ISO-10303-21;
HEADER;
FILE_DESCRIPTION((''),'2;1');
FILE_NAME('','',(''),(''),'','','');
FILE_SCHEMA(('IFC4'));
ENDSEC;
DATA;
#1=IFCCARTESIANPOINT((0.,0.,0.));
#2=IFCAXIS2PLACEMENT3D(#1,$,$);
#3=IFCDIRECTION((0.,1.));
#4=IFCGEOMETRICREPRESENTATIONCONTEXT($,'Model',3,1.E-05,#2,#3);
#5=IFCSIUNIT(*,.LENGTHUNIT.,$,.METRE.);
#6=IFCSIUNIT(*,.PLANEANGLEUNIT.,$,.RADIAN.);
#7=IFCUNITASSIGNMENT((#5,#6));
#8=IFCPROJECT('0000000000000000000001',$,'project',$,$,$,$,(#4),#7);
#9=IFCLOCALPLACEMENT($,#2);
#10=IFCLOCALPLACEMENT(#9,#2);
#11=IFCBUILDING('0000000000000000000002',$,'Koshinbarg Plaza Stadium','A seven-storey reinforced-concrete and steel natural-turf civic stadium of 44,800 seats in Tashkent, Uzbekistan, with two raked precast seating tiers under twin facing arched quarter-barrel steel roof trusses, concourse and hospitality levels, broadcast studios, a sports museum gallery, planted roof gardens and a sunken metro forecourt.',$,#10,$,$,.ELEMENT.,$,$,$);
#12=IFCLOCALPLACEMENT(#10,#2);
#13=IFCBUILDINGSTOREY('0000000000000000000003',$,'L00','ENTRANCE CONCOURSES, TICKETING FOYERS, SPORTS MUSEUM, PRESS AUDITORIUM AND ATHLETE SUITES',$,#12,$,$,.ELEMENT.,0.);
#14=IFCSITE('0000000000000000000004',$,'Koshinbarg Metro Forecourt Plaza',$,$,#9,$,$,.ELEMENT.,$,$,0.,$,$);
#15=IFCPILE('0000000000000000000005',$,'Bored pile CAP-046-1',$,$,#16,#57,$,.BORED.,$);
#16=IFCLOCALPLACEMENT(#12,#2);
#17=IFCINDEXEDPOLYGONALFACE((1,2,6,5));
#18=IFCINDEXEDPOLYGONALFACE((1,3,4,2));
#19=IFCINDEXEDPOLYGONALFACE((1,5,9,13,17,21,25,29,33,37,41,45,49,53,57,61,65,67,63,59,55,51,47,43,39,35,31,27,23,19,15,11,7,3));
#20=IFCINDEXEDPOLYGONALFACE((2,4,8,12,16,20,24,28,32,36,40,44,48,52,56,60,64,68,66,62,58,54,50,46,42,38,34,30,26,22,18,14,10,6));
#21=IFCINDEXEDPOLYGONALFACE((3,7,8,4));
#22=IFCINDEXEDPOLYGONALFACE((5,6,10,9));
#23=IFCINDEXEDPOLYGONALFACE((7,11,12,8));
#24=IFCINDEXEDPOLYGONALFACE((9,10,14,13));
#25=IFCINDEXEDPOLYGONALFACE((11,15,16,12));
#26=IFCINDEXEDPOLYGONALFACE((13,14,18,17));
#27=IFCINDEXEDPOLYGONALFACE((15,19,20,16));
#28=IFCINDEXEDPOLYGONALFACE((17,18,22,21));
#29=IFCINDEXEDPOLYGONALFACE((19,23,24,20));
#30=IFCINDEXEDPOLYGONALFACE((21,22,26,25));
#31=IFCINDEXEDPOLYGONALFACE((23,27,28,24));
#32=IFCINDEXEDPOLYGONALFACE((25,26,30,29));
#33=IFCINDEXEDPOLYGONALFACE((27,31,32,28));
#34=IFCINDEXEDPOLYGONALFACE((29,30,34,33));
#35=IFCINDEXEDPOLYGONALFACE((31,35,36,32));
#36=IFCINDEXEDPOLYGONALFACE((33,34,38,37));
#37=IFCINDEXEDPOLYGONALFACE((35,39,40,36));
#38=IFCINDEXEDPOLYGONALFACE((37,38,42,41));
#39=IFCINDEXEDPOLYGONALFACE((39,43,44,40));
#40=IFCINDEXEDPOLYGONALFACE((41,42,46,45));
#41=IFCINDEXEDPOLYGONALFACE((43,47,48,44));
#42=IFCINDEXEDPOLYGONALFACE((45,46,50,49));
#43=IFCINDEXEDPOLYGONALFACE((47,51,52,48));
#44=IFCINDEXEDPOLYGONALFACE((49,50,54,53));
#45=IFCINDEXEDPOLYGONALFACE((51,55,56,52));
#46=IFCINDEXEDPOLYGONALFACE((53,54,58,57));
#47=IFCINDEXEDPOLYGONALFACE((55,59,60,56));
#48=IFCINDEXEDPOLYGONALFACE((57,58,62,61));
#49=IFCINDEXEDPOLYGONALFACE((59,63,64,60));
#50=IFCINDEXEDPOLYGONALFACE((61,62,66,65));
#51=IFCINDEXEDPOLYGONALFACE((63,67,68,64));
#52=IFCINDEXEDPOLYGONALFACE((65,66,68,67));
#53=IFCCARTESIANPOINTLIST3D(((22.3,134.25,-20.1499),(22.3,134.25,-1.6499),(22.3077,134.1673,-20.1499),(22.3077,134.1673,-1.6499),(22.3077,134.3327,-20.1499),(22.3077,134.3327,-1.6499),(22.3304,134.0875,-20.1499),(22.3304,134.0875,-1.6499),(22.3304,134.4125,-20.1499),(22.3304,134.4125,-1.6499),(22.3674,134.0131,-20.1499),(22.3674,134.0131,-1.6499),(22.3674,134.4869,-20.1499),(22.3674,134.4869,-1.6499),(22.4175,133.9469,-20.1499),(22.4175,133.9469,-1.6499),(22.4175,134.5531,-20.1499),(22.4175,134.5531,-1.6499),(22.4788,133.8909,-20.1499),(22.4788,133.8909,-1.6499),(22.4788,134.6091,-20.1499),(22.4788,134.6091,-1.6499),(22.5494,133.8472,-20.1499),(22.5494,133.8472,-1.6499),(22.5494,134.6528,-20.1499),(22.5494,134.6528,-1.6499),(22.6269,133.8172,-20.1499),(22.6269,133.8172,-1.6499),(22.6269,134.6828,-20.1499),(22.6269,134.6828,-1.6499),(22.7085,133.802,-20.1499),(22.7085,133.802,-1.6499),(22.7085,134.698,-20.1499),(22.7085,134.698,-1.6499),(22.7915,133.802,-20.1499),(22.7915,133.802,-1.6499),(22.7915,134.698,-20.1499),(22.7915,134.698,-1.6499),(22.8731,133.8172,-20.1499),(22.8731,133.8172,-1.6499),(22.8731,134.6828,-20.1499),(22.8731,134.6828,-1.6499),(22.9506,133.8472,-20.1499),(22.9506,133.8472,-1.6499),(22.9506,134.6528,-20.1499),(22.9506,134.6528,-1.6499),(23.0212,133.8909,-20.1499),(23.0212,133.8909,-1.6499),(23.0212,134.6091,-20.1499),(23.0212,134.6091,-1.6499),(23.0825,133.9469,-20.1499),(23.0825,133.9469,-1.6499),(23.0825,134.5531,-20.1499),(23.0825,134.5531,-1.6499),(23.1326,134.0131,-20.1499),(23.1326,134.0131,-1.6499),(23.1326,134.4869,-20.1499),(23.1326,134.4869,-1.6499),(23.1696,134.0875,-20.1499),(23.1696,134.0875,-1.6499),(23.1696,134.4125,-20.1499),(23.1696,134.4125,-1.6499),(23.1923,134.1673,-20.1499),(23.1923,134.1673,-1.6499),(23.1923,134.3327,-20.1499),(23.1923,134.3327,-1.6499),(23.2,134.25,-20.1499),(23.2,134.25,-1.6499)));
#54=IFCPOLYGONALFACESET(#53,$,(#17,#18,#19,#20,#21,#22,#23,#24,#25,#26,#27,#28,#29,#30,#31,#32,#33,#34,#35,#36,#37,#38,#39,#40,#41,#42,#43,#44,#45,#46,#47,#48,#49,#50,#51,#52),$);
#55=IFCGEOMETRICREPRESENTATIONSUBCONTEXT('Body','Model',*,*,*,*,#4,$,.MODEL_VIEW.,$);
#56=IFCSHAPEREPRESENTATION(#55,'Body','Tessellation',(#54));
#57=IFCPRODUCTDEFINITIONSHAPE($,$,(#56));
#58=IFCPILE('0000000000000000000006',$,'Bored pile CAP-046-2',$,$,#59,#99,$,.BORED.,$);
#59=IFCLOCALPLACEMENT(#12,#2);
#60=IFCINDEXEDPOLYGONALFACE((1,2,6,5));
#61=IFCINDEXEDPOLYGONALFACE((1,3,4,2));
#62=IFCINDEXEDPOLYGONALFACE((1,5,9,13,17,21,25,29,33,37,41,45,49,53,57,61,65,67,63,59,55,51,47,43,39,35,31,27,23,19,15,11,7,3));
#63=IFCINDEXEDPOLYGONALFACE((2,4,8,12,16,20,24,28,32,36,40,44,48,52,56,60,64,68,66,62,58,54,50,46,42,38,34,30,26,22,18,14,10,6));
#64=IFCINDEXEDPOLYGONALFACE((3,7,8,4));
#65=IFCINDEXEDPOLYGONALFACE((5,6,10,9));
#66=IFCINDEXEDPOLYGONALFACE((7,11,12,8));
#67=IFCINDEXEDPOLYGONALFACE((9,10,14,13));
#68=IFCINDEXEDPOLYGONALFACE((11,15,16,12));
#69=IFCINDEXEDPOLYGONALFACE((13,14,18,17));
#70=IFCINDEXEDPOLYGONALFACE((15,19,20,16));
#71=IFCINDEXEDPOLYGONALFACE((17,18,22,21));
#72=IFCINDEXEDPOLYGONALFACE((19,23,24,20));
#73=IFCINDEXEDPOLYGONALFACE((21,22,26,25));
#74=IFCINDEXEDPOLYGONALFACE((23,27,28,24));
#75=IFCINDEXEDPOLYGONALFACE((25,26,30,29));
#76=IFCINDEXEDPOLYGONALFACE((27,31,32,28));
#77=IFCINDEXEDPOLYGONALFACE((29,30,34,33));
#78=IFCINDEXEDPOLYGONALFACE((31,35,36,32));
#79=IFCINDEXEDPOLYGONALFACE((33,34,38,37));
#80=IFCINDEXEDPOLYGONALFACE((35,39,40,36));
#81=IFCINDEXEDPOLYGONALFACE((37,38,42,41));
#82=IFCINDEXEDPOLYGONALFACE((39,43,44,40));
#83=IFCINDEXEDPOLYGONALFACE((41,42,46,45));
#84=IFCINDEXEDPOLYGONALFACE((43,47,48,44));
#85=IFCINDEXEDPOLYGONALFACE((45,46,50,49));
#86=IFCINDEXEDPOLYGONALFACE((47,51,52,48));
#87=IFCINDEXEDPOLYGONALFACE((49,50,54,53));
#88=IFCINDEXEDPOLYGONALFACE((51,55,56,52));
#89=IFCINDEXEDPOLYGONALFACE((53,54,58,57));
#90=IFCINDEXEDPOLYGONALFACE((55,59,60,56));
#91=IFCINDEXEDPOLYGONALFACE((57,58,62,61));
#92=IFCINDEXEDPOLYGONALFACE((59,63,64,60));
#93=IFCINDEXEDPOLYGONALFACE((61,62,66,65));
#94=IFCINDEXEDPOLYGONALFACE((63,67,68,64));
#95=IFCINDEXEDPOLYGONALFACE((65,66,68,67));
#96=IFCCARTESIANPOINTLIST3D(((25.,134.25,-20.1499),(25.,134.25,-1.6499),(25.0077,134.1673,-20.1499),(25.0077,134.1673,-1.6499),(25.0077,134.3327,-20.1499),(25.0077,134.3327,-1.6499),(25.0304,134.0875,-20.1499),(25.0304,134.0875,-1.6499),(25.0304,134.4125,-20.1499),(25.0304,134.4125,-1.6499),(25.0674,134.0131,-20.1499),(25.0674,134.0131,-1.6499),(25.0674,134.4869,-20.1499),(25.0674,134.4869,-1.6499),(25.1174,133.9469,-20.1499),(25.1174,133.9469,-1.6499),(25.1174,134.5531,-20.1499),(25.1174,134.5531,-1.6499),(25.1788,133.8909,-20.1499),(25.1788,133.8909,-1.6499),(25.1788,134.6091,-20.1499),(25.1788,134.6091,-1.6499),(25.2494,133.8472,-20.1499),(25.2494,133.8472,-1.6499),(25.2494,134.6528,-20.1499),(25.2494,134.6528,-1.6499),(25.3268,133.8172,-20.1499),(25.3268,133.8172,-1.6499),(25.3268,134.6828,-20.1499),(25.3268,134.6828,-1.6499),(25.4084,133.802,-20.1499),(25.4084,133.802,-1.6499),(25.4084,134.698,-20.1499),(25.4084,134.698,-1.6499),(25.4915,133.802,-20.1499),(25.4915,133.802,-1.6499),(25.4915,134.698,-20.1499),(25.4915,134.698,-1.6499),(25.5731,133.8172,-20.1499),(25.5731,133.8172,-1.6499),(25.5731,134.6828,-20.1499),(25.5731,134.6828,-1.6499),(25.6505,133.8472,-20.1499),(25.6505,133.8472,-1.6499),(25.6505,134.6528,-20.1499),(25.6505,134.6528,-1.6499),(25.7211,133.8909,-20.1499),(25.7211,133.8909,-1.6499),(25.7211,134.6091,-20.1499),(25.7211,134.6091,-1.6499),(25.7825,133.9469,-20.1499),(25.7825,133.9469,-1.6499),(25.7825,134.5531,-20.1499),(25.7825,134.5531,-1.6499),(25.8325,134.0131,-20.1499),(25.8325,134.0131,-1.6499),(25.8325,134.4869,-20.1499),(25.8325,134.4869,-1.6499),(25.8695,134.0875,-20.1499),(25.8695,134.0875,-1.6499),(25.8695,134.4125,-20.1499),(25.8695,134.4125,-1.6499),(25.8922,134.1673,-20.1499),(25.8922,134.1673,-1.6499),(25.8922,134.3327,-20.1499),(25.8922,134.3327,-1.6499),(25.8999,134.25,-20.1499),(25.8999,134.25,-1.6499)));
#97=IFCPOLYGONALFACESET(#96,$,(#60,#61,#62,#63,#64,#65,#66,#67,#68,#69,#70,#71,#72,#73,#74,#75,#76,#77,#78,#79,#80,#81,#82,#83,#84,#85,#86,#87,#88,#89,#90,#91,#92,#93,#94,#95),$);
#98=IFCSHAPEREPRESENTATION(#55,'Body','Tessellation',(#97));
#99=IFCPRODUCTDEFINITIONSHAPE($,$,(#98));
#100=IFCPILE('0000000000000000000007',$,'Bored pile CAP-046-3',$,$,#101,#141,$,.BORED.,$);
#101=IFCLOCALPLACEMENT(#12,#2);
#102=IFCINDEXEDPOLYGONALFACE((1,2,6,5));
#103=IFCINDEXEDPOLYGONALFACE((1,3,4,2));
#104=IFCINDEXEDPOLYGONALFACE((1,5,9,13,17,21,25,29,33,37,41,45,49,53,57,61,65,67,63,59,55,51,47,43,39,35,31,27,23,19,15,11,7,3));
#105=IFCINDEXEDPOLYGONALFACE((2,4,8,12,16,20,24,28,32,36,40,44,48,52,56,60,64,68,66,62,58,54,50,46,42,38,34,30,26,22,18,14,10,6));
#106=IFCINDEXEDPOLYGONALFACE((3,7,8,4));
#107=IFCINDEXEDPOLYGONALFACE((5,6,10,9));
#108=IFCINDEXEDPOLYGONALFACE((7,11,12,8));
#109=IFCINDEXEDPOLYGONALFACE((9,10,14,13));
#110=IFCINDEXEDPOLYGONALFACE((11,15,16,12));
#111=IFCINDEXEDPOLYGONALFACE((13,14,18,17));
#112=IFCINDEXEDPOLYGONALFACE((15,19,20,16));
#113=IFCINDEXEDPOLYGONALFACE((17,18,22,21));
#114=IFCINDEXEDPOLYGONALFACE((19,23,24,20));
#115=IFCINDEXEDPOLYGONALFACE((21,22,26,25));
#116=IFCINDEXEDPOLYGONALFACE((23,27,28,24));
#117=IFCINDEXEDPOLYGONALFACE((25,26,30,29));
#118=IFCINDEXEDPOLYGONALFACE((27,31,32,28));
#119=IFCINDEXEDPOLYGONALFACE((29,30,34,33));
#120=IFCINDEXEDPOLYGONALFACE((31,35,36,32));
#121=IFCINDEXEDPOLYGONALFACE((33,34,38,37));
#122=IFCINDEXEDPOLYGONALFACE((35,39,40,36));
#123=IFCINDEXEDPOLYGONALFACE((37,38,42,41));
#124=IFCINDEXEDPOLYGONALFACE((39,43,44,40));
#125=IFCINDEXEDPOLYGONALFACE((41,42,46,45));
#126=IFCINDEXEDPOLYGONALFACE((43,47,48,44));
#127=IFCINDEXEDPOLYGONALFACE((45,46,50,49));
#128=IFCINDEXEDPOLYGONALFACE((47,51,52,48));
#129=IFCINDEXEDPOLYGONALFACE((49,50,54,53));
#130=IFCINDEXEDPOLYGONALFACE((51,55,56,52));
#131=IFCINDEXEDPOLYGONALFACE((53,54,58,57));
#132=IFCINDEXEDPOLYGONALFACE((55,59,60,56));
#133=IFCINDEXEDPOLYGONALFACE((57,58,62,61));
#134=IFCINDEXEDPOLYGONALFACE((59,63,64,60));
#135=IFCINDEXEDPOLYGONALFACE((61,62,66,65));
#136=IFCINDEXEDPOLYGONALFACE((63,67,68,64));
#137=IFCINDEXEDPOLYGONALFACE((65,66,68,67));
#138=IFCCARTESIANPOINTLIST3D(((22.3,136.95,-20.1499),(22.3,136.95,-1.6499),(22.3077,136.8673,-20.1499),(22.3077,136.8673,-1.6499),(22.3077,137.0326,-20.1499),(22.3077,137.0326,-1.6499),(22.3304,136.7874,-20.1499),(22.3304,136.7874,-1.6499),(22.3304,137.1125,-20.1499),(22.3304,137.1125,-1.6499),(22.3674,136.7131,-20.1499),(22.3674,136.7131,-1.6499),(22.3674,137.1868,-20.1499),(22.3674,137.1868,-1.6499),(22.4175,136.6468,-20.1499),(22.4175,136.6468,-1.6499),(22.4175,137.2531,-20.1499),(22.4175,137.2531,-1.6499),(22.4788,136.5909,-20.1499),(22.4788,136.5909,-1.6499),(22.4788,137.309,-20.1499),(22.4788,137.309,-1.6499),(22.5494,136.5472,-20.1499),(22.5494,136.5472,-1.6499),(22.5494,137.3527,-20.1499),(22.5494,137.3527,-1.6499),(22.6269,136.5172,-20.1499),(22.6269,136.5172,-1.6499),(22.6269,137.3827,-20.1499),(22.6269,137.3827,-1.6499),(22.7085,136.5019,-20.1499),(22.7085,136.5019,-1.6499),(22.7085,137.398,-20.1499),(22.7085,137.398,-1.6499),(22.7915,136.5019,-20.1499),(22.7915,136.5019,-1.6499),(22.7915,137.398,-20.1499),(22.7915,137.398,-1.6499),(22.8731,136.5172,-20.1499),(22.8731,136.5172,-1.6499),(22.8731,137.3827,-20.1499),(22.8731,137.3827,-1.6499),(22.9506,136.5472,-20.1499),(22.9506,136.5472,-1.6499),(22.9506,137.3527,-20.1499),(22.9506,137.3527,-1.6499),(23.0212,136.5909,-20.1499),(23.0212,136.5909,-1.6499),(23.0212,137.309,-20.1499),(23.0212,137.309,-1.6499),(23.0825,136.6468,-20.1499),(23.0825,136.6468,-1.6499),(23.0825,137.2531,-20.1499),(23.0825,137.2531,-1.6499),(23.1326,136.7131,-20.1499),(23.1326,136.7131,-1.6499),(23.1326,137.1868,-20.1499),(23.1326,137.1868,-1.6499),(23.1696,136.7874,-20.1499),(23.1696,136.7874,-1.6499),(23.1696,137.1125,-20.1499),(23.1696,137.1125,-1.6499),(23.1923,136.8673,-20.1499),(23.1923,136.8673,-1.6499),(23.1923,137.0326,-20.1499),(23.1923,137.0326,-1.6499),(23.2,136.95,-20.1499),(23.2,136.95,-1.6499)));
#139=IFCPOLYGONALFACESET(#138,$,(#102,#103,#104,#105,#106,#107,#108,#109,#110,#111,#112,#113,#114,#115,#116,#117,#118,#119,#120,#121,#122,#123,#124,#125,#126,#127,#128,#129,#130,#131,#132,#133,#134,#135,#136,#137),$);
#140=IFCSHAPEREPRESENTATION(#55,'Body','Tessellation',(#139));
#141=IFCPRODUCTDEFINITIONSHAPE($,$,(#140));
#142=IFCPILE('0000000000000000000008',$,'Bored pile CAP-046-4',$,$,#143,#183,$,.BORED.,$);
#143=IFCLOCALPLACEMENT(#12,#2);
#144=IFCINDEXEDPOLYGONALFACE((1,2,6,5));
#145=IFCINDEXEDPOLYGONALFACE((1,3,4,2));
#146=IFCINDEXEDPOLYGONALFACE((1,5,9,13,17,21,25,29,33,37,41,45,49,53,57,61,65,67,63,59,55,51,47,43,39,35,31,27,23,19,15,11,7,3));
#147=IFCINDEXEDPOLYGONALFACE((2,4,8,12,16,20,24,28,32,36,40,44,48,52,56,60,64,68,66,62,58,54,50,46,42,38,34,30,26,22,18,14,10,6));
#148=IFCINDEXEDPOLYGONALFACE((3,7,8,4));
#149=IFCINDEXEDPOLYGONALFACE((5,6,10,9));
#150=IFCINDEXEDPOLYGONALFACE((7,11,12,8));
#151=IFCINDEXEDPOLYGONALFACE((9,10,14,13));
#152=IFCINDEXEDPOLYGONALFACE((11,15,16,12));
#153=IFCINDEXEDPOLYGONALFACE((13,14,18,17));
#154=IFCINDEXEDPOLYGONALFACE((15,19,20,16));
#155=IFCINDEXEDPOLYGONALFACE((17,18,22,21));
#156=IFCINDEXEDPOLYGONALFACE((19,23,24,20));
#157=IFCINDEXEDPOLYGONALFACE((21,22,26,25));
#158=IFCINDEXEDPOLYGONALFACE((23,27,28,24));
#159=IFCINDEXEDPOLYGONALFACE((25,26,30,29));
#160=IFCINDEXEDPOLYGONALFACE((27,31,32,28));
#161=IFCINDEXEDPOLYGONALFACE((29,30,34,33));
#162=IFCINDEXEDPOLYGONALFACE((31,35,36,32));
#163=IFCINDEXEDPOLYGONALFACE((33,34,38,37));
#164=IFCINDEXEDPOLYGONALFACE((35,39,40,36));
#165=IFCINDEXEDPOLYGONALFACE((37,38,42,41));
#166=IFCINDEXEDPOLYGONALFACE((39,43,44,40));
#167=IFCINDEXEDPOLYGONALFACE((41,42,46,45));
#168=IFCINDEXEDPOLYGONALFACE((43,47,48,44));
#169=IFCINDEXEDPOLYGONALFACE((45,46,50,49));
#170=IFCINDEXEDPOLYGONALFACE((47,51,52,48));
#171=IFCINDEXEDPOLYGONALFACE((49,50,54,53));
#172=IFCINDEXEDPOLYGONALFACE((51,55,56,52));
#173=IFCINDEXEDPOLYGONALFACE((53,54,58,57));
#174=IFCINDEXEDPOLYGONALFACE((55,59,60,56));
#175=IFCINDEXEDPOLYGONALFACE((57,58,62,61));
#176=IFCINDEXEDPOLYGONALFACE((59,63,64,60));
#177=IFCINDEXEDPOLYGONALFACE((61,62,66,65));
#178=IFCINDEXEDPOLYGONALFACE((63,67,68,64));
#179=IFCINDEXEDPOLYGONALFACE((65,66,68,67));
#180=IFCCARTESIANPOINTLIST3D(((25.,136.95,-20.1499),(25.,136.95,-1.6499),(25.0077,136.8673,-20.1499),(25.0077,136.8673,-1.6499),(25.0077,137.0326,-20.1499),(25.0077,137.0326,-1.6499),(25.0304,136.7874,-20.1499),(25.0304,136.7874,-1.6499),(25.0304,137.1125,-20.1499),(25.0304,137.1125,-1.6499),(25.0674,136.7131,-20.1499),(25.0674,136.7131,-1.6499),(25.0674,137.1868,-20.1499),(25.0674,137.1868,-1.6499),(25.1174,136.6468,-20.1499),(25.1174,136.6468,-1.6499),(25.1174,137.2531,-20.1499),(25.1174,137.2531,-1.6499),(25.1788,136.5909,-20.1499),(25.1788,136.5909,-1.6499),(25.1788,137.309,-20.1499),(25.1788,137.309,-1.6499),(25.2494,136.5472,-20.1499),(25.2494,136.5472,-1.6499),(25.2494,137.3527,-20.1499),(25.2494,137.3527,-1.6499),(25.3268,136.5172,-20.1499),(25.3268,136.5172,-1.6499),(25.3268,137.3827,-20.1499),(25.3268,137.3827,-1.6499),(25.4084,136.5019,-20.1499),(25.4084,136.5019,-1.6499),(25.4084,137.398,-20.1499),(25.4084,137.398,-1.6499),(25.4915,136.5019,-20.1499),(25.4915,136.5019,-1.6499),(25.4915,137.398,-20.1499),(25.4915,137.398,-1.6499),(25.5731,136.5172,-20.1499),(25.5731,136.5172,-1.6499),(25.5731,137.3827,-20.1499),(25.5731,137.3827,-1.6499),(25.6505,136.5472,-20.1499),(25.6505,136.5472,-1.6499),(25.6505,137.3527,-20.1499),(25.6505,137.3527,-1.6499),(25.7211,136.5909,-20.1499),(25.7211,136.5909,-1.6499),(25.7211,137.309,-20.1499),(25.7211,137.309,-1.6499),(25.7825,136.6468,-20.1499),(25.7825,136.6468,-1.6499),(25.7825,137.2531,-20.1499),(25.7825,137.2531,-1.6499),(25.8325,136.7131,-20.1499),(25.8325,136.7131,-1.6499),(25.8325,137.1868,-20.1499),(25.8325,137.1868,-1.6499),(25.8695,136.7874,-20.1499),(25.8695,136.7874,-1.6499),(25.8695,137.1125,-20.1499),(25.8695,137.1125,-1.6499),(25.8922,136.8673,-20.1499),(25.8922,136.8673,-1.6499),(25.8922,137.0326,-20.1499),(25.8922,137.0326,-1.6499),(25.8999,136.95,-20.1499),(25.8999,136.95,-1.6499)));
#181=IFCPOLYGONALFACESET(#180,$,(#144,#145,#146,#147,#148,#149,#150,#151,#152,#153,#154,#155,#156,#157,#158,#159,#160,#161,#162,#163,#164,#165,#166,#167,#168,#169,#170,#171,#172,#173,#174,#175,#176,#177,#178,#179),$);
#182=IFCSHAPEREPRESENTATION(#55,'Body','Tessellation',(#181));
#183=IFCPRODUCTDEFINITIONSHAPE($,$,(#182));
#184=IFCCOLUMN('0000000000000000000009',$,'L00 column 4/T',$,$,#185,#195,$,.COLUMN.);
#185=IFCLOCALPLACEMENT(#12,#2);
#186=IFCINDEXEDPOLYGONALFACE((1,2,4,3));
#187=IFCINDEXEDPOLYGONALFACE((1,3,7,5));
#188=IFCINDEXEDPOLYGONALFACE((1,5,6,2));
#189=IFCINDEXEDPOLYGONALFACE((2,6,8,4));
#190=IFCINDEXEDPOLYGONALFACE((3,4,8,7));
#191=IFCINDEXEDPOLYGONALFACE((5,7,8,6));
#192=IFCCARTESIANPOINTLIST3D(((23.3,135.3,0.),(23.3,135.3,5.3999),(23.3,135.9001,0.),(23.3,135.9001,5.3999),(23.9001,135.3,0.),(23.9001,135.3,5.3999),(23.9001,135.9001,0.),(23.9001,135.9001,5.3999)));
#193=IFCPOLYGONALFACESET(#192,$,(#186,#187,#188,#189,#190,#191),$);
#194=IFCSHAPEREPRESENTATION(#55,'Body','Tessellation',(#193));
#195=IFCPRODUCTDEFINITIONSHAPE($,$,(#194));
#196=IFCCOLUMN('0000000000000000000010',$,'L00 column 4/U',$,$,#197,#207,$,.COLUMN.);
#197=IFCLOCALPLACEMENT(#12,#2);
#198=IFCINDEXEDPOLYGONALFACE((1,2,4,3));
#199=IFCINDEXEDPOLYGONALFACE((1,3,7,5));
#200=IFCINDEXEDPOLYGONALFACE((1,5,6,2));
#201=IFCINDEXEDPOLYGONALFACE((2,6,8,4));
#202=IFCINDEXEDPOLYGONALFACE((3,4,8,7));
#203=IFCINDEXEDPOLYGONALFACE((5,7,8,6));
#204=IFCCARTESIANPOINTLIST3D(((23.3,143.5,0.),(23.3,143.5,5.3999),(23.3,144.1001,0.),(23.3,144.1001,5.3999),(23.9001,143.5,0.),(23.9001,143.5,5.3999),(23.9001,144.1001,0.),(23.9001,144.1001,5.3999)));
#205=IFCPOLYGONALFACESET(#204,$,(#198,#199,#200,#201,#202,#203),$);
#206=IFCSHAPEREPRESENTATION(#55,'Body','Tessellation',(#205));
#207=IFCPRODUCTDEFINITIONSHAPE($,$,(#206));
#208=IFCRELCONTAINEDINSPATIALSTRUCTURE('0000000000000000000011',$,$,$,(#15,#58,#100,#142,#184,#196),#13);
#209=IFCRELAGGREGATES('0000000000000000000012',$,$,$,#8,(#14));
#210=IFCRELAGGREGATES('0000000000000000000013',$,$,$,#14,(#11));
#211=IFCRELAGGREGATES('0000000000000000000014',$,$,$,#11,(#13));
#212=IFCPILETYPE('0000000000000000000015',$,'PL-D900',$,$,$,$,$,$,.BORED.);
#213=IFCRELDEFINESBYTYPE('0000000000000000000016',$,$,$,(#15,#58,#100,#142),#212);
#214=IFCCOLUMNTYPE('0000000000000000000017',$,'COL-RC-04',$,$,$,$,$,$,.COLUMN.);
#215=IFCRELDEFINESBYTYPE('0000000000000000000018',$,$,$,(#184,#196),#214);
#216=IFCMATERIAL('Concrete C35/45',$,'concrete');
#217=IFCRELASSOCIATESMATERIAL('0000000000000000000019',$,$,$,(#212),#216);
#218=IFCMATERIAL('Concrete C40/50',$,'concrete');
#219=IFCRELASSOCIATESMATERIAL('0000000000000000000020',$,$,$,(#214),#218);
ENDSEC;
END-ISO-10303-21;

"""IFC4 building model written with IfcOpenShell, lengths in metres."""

from ifc_helpers import new_model, si_unit, direction, frame, origin, origin_2d, place, context, subcontext, project, spatial, rectangle, circle, extrude, material, material_profile, profile_set, type_object, element, save


model = new_model("IFC4")

# Units and contexts
model_context = context("Model", 3, precision=1e-05, world=origin(), true_north=direction((0.0, 1.0)))
body_context = subcontext(model_context, "Body", "Model", "MODEL_VIEW")
ifc_project = project(units=[si_unit("LENGTHUNIT", "METRE"), si_unit("PLANEANGLEUNIT", "RADIAN")], contexts=[model_context])

# Site, building, storey
site_placement = place(None, origin())
site = spatial("IfcSite", under=ifc_project, at=site_placement, Name="Koshinbarg Metro Forecourt Plaza", CompositionType="ELEMENT", RefElevation=0.0)
building_placement = place(site_placement, origin())
building = spatial("IfcBuilding", under=site, at=building_placement, Name="Koshinbarg Plaza Stadium", Description="A seven-storey reinforced-concrete and steel natural-turf civic stadium of 44,800 seats in Tashkent, Uzbekistan, with two raked precast seating tiers under twin facing arched quarter-barrel steel roof trusses, concourse and hospitality levels, broadcast studios, a sports museum gallery, planted roof gardens and a sunken metro forecourt.", CompositionType="ELEMENT")
storey_placement = place(building_placement, origin())
storey = spatial("IfcBuildingStorey", under=building, at=storey_placement, Name="L00", Description="ENTRANCE CONCOURSES, TICKETING FOYERS, SPORTS MUSEUM, PRESS AUDITORIUM AND ATHLETE SUITES", CompositionType="ELEMENT", Elevation=0.0)

# Shared definitions
ifc_material_1 = material(Name="Concrete C35/45", Category="concrete")

# Piles
ifc_material_profile_1 = material_profile(ifc_material_1, circle(Radius=0.45, at=origin_2d()), Name="PILE D900")
ifc_profile_set_1 = profile_set([ifc_material_profile_1], Name="Concrete C35/45")
pile_type_1 = type_object("IfcPileType", Name="PL-D900", PredefinedType="BORED", material=ifc_profile_set_1)
for number, where, z_axis, x_axis, name in (
    (1, (22.75, 134.25, -1.6499), (0.0, 0.0, -1.0), (1.0, 0.0, 0.0), "Bored pile CAP-046-1"),
    (2, (25.45, 134.25, -1.6499), (0.0, 0.0, -1.0), (1.0, 0.0, 0.0), "Bored pile CAP-046-2"),
    (3, (22.75, 136.95, -1.6499), (0.0, 0.0, -1.0), (1.0, 0.0, 0.0), "Bored pile CAP-046-3"),
    (4, (25.45, 136.95, -1.6499), (0.0, 0.0, -1.0), (1.0, 0.0, 0.0), "Bored pile CAP-046-4"),
):
    element("IfcPile", number, at=place(storey_placement, frame(where, z_axis=z_axis, x_axis=x_axis)), inside=storey, type_object=pile_type_1, Name=name, PredefinedType="BORED", context=body_context, shape_type="SweptSolid", body=[
        extrude(circle(Radius=0.45, at=origin_2d()), origin(), (0.0, 0.0, 1.0), 18.5),
    ])

# Columns
ifc_material_2 = material(Name="Concrete C40/50", Category="concrete")
ifc_material_profile_2 = material_profile(ifc_material_2, rectangle(XDim=0.6001, YDim=0.6001, at=origin_2d()), Name="RC 600x600")
ifc_profile_set_2 = profile_set([ifc_material_profile_2], Name="Concrete C40/50")
column_type = type_object("IfcColumnType", Name="COL-RC-04", PredefinedType="COLUMN", material=ifc_profile_set_2)
for number, where, z_axis, x_axis, name in (
    (5, (23.6001, 135.6001, 0.0), (0.0, 0.0, 1.0), (1.0, 0.0, 0.0), "L00 column 4/T"),
    (6, (23.6001, 143.8, 0.0), (0.0, 0.0, 1.0), (1.0, 0.0, 0.0), "L00 column 4/U"),
):
    element("IfcColumn", number, at=place(storey_placement, frame(where, z_axis=z_axis, x_axis=x_axis)), inside=storey, type_object=column_type, Name=name, PredefinedType="COLUMN", context=body_context, shape_type="SweptSolid", body=[
        extrude(rectangle(XDim=0.6001, YDim=0.6001, at=origin_2d()), origin(), (0.0, 0.0, 1.0), 5.3999),
    ])

save(model, "model.ifc")
